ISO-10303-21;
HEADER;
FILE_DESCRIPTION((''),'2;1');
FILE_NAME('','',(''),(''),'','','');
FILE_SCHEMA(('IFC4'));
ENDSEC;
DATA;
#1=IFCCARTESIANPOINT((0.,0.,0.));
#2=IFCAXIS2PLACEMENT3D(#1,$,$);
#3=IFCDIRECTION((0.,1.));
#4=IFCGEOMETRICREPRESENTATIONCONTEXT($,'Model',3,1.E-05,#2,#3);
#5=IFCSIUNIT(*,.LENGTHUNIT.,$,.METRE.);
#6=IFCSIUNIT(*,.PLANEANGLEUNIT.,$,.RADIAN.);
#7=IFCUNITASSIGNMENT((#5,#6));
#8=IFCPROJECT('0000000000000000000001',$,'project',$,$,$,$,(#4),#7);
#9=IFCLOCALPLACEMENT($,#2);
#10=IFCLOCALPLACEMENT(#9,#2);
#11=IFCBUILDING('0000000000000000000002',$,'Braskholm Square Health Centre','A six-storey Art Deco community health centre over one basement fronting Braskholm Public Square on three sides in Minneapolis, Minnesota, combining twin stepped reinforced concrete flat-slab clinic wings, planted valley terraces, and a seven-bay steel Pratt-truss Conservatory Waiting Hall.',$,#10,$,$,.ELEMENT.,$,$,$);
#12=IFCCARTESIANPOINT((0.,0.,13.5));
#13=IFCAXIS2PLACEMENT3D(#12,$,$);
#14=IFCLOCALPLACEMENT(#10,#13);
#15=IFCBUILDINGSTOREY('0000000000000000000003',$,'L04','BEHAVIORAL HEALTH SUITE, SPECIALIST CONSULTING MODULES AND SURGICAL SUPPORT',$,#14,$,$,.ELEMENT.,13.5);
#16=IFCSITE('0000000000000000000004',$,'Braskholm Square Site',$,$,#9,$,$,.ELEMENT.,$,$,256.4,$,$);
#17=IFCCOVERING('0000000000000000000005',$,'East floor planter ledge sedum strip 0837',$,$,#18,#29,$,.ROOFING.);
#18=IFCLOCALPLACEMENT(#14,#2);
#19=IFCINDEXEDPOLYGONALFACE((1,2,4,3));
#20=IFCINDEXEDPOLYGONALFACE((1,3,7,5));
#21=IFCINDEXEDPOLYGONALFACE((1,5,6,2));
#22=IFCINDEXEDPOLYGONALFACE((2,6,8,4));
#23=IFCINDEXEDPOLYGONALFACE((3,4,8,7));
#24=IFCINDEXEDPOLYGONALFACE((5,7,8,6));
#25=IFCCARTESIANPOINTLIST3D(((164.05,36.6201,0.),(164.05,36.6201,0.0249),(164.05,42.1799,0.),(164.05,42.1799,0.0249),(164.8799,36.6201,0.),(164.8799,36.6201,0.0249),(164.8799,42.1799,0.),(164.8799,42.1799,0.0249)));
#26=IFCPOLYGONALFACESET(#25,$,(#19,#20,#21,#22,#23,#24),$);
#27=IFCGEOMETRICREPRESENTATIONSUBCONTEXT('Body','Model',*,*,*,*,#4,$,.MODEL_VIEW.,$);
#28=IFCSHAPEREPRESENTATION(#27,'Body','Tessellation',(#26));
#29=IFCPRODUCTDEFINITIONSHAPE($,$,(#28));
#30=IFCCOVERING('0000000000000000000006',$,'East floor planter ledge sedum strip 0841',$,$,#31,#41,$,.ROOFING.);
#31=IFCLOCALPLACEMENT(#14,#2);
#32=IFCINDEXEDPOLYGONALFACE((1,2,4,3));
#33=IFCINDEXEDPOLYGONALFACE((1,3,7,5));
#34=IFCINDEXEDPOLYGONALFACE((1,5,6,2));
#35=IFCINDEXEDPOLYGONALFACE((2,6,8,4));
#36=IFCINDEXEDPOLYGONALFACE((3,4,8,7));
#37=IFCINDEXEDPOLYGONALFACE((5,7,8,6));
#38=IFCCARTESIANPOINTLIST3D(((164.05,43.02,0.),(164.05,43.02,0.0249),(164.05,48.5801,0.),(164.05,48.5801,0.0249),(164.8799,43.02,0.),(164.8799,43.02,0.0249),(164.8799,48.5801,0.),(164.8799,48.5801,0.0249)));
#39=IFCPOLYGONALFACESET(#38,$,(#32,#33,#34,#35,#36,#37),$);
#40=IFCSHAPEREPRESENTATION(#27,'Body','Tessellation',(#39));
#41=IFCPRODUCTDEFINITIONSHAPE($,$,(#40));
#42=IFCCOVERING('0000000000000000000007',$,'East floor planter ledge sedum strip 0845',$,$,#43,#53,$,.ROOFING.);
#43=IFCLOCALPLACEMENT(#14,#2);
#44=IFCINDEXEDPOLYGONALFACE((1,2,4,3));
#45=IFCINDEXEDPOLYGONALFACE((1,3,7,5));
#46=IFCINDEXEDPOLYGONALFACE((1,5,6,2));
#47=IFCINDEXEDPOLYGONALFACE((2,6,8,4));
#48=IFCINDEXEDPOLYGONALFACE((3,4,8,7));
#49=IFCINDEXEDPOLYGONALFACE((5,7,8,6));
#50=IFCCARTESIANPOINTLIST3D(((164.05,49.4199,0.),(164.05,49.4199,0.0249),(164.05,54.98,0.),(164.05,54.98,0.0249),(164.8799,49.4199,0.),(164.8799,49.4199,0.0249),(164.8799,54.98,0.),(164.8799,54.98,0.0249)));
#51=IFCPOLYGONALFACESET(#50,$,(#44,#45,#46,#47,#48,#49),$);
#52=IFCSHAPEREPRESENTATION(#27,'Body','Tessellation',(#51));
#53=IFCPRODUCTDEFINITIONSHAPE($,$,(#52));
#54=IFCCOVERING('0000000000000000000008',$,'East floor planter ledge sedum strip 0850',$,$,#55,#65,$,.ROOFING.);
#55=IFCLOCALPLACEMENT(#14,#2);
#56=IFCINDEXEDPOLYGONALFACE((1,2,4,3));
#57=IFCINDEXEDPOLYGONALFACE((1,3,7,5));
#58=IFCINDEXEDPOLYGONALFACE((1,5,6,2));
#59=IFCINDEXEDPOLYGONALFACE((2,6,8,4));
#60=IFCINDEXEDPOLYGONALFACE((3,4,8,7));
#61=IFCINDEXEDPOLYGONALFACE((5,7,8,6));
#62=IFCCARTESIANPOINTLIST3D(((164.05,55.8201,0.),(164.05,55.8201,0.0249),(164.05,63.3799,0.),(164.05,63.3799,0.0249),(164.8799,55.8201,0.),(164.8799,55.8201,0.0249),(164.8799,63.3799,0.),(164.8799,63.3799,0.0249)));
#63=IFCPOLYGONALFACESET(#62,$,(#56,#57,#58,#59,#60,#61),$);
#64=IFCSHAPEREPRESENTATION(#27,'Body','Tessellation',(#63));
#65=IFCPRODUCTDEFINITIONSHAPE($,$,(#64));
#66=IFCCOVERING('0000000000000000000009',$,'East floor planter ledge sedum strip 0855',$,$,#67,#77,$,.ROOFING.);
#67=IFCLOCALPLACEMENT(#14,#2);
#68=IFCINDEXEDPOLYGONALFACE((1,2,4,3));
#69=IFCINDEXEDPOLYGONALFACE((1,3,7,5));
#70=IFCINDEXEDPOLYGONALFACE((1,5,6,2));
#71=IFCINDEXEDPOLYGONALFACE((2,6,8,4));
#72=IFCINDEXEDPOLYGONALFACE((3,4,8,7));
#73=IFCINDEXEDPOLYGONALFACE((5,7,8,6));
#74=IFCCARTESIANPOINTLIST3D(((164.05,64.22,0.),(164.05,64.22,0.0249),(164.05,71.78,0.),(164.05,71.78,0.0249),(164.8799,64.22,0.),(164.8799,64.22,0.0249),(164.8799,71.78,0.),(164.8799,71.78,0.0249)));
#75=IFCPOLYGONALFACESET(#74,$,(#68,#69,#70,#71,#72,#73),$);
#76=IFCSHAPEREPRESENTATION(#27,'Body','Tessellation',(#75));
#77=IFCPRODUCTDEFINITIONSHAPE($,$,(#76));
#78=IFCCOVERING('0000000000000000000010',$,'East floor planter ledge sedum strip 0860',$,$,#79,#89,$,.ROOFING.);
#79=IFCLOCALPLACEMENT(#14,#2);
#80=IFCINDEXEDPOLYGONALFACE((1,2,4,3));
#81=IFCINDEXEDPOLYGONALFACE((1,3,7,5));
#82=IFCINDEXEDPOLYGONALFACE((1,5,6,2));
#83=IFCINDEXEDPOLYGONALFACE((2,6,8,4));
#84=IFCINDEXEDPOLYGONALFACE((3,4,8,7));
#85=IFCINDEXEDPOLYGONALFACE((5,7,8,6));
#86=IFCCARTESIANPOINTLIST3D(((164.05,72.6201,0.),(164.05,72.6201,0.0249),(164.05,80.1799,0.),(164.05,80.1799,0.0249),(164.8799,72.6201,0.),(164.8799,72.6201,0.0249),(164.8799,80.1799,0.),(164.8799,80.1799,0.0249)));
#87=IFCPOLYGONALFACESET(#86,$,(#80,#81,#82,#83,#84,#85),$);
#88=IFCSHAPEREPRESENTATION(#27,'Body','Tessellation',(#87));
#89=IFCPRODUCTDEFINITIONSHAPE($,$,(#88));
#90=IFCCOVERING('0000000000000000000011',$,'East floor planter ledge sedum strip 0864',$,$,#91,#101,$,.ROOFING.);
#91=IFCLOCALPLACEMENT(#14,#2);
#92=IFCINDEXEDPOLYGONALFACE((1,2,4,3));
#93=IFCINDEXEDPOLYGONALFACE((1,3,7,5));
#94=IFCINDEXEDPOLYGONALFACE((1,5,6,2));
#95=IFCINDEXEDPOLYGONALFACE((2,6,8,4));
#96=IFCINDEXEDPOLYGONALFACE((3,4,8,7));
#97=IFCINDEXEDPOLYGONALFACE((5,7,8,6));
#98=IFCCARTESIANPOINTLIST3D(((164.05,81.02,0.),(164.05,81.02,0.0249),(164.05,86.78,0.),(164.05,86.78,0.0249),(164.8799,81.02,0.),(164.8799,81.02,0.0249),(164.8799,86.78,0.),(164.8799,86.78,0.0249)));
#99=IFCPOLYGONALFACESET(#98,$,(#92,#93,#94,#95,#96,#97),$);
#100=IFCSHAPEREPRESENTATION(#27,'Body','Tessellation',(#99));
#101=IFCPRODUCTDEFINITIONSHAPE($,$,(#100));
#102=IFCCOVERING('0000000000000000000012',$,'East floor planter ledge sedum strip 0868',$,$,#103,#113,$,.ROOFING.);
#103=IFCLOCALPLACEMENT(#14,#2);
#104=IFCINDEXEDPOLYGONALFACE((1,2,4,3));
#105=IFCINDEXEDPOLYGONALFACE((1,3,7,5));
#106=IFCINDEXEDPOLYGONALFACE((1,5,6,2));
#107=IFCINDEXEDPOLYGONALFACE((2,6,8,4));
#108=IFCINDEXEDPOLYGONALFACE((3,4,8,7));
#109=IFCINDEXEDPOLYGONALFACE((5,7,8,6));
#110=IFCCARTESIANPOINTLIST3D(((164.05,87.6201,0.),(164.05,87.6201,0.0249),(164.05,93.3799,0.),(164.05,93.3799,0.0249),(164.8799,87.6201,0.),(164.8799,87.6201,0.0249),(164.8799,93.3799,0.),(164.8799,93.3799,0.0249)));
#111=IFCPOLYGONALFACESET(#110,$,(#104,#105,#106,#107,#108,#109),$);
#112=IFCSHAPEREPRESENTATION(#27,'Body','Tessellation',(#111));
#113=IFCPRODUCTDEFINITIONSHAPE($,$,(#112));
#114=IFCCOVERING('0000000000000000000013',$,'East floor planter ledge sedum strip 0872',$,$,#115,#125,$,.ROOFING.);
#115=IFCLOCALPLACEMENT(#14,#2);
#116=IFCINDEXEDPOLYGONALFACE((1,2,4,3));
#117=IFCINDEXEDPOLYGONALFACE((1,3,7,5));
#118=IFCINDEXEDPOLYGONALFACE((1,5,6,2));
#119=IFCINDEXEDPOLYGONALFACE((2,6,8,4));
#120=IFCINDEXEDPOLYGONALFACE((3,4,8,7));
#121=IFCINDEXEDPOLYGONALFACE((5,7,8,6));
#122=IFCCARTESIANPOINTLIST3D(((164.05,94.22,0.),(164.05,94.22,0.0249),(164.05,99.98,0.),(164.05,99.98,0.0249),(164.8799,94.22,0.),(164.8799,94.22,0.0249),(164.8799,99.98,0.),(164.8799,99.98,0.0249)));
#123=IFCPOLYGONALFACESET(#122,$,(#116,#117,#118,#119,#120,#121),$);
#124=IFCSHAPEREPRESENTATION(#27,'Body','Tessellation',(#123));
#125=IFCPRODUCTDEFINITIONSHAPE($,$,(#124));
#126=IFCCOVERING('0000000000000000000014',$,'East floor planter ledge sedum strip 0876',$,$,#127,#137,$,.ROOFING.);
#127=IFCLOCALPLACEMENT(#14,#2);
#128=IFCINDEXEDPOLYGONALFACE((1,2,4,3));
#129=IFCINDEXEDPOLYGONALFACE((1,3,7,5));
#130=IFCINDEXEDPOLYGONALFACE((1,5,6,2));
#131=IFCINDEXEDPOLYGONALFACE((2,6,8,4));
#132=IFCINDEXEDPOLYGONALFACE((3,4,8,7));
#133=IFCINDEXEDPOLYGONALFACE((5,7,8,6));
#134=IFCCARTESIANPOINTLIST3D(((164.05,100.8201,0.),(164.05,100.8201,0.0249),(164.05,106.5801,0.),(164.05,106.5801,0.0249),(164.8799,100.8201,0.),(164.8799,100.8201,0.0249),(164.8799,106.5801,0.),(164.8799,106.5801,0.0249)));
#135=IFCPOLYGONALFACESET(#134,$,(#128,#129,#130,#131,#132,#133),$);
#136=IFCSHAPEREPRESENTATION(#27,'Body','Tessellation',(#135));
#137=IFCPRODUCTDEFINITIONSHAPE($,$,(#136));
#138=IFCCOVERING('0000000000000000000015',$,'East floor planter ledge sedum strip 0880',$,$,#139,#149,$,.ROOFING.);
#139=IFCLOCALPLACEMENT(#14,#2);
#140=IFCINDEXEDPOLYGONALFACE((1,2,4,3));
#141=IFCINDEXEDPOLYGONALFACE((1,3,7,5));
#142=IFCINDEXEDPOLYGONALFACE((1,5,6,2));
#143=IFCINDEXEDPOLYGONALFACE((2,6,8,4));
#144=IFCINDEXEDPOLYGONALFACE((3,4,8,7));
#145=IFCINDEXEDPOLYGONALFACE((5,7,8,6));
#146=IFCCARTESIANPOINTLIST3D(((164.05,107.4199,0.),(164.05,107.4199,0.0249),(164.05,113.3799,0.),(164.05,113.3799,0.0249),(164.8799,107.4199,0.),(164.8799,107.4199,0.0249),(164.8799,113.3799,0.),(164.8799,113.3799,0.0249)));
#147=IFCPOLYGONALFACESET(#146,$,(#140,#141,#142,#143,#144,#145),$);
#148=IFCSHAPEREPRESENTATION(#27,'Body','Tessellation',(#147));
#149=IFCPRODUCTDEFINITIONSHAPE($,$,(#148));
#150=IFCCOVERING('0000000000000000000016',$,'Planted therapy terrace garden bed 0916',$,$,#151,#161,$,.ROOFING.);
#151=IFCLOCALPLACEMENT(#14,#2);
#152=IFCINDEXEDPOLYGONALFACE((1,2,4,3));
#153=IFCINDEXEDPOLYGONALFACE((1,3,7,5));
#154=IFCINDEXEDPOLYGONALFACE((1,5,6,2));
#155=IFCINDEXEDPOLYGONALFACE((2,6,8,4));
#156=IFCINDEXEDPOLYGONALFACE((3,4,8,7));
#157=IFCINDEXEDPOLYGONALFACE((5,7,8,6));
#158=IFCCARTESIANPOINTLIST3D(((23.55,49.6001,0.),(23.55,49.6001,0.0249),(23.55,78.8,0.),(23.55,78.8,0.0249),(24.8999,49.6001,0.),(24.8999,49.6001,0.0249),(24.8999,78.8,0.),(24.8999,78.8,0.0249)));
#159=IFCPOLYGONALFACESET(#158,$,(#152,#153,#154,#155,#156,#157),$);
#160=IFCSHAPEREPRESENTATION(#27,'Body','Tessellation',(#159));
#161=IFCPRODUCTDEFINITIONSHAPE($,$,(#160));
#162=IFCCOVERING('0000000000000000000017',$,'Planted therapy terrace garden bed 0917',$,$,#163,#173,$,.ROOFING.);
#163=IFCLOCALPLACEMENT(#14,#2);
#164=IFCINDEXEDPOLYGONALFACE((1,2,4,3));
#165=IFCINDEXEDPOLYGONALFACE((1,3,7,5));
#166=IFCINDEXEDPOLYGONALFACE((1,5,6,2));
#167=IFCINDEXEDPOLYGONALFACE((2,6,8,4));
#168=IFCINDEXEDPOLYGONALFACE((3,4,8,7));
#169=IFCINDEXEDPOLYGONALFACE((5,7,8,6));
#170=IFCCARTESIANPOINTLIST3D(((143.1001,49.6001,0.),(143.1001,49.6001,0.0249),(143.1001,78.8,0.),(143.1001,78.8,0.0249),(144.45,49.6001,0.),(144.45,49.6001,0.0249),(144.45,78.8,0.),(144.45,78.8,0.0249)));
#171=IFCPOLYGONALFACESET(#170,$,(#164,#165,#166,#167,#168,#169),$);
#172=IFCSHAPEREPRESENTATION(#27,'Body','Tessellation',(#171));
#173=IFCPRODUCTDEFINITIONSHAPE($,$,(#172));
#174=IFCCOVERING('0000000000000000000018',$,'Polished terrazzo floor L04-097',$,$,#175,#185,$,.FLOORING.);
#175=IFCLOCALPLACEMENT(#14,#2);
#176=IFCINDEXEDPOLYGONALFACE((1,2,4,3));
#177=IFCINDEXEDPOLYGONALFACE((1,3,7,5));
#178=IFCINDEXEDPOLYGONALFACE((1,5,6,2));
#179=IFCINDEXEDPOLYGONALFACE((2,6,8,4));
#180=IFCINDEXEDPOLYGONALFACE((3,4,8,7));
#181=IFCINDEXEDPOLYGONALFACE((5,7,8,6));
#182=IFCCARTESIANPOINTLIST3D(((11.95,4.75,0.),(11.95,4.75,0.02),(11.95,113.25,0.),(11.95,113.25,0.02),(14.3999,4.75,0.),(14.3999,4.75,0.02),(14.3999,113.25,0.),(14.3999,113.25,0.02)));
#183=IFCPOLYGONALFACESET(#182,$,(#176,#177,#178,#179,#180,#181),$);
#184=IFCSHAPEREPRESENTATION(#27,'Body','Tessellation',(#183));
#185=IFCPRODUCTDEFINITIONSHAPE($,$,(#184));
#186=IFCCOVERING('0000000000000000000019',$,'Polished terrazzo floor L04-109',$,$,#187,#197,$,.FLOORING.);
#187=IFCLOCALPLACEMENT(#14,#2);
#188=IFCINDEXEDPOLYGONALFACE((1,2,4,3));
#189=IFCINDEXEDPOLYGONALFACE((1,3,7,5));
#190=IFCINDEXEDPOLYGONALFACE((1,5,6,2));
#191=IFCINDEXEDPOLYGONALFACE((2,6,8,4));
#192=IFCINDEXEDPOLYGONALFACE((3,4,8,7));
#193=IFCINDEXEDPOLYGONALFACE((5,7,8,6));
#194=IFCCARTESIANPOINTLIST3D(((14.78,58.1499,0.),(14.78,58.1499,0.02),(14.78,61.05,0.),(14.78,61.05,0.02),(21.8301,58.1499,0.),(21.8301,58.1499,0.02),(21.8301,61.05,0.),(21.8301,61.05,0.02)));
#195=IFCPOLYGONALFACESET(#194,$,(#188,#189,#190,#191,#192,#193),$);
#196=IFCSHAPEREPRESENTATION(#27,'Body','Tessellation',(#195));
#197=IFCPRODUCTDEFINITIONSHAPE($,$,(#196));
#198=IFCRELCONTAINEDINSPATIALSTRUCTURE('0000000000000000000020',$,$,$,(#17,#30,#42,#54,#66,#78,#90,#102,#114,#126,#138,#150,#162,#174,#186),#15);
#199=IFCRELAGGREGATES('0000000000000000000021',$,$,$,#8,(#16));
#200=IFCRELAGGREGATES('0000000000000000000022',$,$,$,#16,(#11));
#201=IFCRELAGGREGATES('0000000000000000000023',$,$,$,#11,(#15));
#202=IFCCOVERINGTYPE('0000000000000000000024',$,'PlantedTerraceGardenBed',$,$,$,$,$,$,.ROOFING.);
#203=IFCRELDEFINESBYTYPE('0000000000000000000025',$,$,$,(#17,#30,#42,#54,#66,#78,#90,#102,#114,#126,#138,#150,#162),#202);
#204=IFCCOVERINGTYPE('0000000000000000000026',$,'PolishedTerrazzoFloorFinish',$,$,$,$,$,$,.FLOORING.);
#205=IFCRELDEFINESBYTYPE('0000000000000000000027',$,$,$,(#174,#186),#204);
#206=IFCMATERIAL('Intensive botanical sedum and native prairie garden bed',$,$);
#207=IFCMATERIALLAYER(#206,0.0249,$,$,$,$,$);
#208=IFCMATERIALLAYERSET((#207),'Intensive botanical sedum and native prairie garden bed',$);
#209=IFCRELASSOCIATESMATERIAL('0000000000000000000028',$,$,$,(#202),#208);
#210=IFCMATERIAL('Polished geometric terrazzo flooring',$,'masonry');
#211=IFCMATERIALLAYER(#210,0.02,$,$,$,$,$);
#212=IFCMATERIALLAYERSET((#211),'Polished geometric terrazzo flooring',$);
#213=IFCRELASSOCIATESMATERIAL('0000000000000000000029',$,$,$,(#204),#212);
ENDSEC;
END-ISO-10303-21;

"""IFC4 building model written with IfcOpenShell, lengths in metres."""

from ifc_helpers import new_model, si_unit, direction, frame, origin, place, context, subcontext, project, spatial, polyline, outline, extrude, material, layer, layer_set, type_object, element, save


model = new_model("IFC4")

# Units and contexts
model_context = context("Model", 3, precision=1e-05, world=origin(), true_north=direction((0.0, 1.0)))
body_context = subcontext(model_context, "Body", "Model", "MODEL_VIEW")
ifc_project = project(units=[si_unit("LENGTHUNIT", "METRE"), si_unit("PLANEANGLEUNIT", "RADIAN")], contexts=[model_context])

# Site, building, storey
site_placement = place(None, origin())
site = spatial("IfcSite", under=ifc_project, at=site_placement, Name="Braskholm Square Site", CompositionType="ELEMENT", RefElevation=256.4)
building_placement = place(site_placement, origin())
building = spatial("IfcBuilding", under=site, at=building_placement, Name="Braskholm Square Health Centre", Description="A six-storey Art Deco community health centre over one basement fronting Braskholm Public Square on three sides in Minneapolis, Minnesota, combining twin stepped reinforced concrete flat-slab clinic wings, planted valley terraces, and a seven-bay steel Pratt-truss Conservatory Waiting Hall.", CompositionType="ELEMENT")
storey_placement = place(building_placement, frame((0.0, 0.0, 13.5)))
storey = spatial("IfcBuildingStorey", under=building, at=storey_placement, Name="L04", Description="BEHAVIORAL HEALTH SUITE, SPECIALIST CONSULTING MODULES AND SURGICAL SUPPORT", CompositionType="ELEMENT", Elevation=13.5)

# Coverings
ifc_material_1 = material(Name="Intensive botanical sedum and native prairie garden bed")
ifc_layer_1 = layer(ifc_material_1, 0.0249)
ifc_layer_set_1 = layer_set([ifc_layer_1], Name="Intensive botanical sedum and native prairie garden bed")
covering_type_1 = type_object("IfcCoveringType", Name="PlantedTerraceGardenBed", PredefinedType="ROOFING", material=ifc_layer_set_1)
covering_1_placement = place(storey_placement, origin())
element("IfcCovering", 1, at=covering_1_placement, inside=storey, type_object=covering_type_1, Name="East floor planter ledge sedum strip 0837", PredefinedType="ROOFING", context=body_context, shape_type="SweptSolid", body=[
    extrude(outline(polyline([(164.05, 36.6201), (164.8799, 36.6201), (164.8799, 42.1799), (164.05, 42.1799), (164.05, 36.6201)])), origin(), (0.0, 0.0, 1.0), 0.0249),
])
covering_2_placement = place(storey_placement, origin())
element("IfcCovering", 2, at=covering_2_placement, inside=storey, type_object=covering_type_1, Name="East floor planter ledge sedum strip 0841", PredefinedType="ROOFING", context=body_context, shape_type="SweptSolid", body=[
    extrude(outline(polyline([(164.05, 43.02), (164.8799, 43.02), (164.8799, 48.5801), (164.05, 48.5801), (164.05, 43.02)])), origin(), (0.0, 0.0, 1.0), 0.0249),
])
covering_3_placement = place(storey_placement, origin())
element("IfcCovering", 3, at=covering_3_placement, inside=storey, type_object=covering_type_1, Name="East floor planter ledge sedum strip 0845", PredefinedType="ROOFING", context=body_context, shape_type="SweptSolid", body=[
    extrude(outline(polyline([(164.05, 49.4199), (164.8799, 49.4199), (164.8799, 54.98), (164.05, 54.98), (164.05, 49.4199)])), origin(), (0.0, 0.0, 1.0), 0.0249),
])
covering_4_placement = place(storey_placement, origin())
element("IfcCovering", 4, at=covering_4_placement, inside=storey, type_object=covering_type_1, Name="East floor planter ledge sedum strip 0850", PredefinedType="ROOFING", context=body_context, shape_type="SweptSolid", body=[
    extrude(outline(polyline([(164.05, 55.8201), (164.8799, 55.8201), (164.8799, 63.3799), (164.05, 63.3799), (164.05, 55.8201)])), origin(), (0.0, 0.0, 1.0), 0.0249),
])
covering_5_placement = place(storey_placement, origin())
element("IfcCovering", 5, at=covering_5_placement, inside=storey, type_object=covering_type_1, Name="East floor planter ledge sedum strip 0855", PredefinedType="ROOFING", context=body_context, shape_type="SweptSolid", body=[
    extrude(outline(polyline([(164.05, 64.22), (164.8799, 64.22), (164.8799, 71.78), (164.05, 71.78), (164.05, 64.22)])), origin(), (0.0, 0.0, 1.0), 0.0249),
])
covering_6_placement = place(storey_placement, origin())
element("IfcCovering", 6, at=covering_6_placement, inside=storey, type_object=covering_type_1, Name="East floor planter ledge sedum strip 0860", PredefinedType="ROOFING", context=body_context, shape_type="SweptSolid", body=[
    extrude(outline(polyline([(164.05, 72.6201), (164.8799, 72.6201), (164.8799, 80.1799), (164.05, 80.1799), (164.05, 72.6201)])), origin(), (0.0, 0.0, 1.0), 0.0249),
])
covering_7_placement = place(storey_placement, origin())
element("IfcCovering", 7, at=covering_7_placement, inside=storey, type_object=covering_type_1, Name="East floor planter ledge sedum strip 0864", PredefinedType="ROOFING", context=body_context, shape_type="SweptSolid", body=[
    extrude(outline(polyline([(164.05, 81.02), (164.8799, 81.02), (164.8799, 86.78), (164.05, 86.78), (164.05, 81.02)])), origin(), (0.0, 0.0, 1.0), 0.0249),
])
covering_8_placement = place(storey_placement, origin())
element("IfcCovering", 8, at=covering_8_placement, inside=storey, type_object=covering_type_1, Name="East floor planter ledge sedum strip 0868", PredefinedType="ROOFING", context=body_context, shape_type="SweptSolid", body=[
    extrude(outline(polyline([(164.05, 87.6201), (164.8799, 87.6201), (164.8799, 93.3799), (164.05, 93.3799), (164.05, 87.6201)])), origin(), (0.0, 0.0, 1.0), 0.0249),
])
covering_9_placement = place(storey_placement, origin())
element("IfcCovering", 9, at=covering_9_placement, inside=storey, type_object=covering_type_1, Name="East floor planter ledge sedum strip 0872", PredefinedType="ROOFING", context=body_context, shape_type="SweptSolid", body=[
    extrude(outline(polyline([(164.05, 94.22), (164.8799, 94.22), (164.8799, 99.98), (164.05, 99.98), (164.05, 94.22)])), origin(), (0.0, 0.0, 1.0), 0.0249),
])
covering_10_placement = place(storey_placement, origin())
element("IfcCovering", 10, at=covering_10_placement, inside=storey, type_object=covering_type_1, Name="East floor planter ledge sedum strip 0876", PredefinedType="ROOFING", context=body_context, shape_type="SweptSolid", body=[
    extrude(outline(polyline([(164.05, 100.8201), (164.8799, 100.8201), (164.8799, 106.5801), (164.05, 106.5801), (164.05, 100.8201)])), origin(), (0.0, 0.0, 1.0), 0.0249),
])
covering_11_placement = place(storey_placement, origin())
element("IfcCovering", 11, at=covering_11_placement, inside=storey, type_object=covering_type_1, Name="East floor planter ledge sedum strip 0880", PredefinedType="ROOFING", context=body_context, shape_type="SweptSolid", body=[
    extrude(outline(polyline([(164.05, 107.4199), (164.8799, 107.4199), (164.8799, 113.3799), (164.05, 113.3799), (164.05, 107.4199)])), origin(), (0.0, 0.0, 1.0), 0.0249),
])
covering_12_placement = place(storey_placement, origin())
element("IfcCovering", 12, at=covering_12_placement, inside=storey, type_object=covering_type_1, Name="Planted therapy terrace garden bed 0916", PredefinedType="ROOFING", context=body_context, shape_type="SweptSolid", body=[
    extrude(outline(polyline([(23.55, 49.6001), (24.8999, 49.6001), (24.8999, 78.8), (23.55, 78.8), (23.55, 49.6001)])), origin(), (0.0, 0.0, 1.0), 0.0249),
])
covering_13_placement = place(storey_placement, origin())
element("IfcCovering", 13, at=covering_13_placement, inside=storey, type_object=covering_type_1, Name="Planted therapy terrace garden bed 0917", PredefinedType="ROOFING", context=body_context, shape_type="SweptSolid", body=[
    extrude(outline(polyline([(143.1001, 49.6001), (144.45, 49.6001), (144.45, 78.8), (143.1001, 78.8), (143.1001, 49.6001)])), origin(), (0.0, 0.0, 1.0), 0.0249),
])
ifc_material_2 = material(Name="Polished geometric terrazzo flooring", Category="masonry")
ifc_layer_2 = layer(ifc_material_2, 0.02)
ifc_layer_set_2 = layer_set([ifc_layer_2], Name="Polished geometric terrazzo flooring")
covering_type_2 = type_object("IfcCoveringType", Name="PolishedTerrazzoFloorFinish", PredefinedType="FLOORING", material=ifc_layer_set_2)
covering_14_placement = place(storey_placement, origin())
element("IfcCovering", 14, at=covering_14_placement, inside=storey, type_object=covering_type_2, Name="Polished terrazzo floor L04-097", PredefinedType="FLOORING", context=body_context, shape_type="SweptSolid", body=[
    extrude(outline(polyline([(11.95, 4.75), (14.3999, 4.75), (14.3999, 113.25), (11.95, 113.25), (11.95, 4.75)])), origin(), (0.0, 0.0, 1.0), 0.02),
])
covering_15_placement = place(storey_placement, origin())
element("IfcCovering", 15, at=covering_15_placement, inside=storey, type_object=covering_type_2, Name="Polished terrazzo floor L04-109", PredefinedType="FLOORING", context=body_context, shape_type="SweptSolid", body=[
    extrude(outline(polyline([(14.78, 58.1499), (21.8301, 58.1499), (21.8301, 61.05), (14.78, 61.05), (14.78, 58.1499)])), origin(), (0.0, 0.0, 1.0), 0.02),
])

save(model, "model.ifc")
